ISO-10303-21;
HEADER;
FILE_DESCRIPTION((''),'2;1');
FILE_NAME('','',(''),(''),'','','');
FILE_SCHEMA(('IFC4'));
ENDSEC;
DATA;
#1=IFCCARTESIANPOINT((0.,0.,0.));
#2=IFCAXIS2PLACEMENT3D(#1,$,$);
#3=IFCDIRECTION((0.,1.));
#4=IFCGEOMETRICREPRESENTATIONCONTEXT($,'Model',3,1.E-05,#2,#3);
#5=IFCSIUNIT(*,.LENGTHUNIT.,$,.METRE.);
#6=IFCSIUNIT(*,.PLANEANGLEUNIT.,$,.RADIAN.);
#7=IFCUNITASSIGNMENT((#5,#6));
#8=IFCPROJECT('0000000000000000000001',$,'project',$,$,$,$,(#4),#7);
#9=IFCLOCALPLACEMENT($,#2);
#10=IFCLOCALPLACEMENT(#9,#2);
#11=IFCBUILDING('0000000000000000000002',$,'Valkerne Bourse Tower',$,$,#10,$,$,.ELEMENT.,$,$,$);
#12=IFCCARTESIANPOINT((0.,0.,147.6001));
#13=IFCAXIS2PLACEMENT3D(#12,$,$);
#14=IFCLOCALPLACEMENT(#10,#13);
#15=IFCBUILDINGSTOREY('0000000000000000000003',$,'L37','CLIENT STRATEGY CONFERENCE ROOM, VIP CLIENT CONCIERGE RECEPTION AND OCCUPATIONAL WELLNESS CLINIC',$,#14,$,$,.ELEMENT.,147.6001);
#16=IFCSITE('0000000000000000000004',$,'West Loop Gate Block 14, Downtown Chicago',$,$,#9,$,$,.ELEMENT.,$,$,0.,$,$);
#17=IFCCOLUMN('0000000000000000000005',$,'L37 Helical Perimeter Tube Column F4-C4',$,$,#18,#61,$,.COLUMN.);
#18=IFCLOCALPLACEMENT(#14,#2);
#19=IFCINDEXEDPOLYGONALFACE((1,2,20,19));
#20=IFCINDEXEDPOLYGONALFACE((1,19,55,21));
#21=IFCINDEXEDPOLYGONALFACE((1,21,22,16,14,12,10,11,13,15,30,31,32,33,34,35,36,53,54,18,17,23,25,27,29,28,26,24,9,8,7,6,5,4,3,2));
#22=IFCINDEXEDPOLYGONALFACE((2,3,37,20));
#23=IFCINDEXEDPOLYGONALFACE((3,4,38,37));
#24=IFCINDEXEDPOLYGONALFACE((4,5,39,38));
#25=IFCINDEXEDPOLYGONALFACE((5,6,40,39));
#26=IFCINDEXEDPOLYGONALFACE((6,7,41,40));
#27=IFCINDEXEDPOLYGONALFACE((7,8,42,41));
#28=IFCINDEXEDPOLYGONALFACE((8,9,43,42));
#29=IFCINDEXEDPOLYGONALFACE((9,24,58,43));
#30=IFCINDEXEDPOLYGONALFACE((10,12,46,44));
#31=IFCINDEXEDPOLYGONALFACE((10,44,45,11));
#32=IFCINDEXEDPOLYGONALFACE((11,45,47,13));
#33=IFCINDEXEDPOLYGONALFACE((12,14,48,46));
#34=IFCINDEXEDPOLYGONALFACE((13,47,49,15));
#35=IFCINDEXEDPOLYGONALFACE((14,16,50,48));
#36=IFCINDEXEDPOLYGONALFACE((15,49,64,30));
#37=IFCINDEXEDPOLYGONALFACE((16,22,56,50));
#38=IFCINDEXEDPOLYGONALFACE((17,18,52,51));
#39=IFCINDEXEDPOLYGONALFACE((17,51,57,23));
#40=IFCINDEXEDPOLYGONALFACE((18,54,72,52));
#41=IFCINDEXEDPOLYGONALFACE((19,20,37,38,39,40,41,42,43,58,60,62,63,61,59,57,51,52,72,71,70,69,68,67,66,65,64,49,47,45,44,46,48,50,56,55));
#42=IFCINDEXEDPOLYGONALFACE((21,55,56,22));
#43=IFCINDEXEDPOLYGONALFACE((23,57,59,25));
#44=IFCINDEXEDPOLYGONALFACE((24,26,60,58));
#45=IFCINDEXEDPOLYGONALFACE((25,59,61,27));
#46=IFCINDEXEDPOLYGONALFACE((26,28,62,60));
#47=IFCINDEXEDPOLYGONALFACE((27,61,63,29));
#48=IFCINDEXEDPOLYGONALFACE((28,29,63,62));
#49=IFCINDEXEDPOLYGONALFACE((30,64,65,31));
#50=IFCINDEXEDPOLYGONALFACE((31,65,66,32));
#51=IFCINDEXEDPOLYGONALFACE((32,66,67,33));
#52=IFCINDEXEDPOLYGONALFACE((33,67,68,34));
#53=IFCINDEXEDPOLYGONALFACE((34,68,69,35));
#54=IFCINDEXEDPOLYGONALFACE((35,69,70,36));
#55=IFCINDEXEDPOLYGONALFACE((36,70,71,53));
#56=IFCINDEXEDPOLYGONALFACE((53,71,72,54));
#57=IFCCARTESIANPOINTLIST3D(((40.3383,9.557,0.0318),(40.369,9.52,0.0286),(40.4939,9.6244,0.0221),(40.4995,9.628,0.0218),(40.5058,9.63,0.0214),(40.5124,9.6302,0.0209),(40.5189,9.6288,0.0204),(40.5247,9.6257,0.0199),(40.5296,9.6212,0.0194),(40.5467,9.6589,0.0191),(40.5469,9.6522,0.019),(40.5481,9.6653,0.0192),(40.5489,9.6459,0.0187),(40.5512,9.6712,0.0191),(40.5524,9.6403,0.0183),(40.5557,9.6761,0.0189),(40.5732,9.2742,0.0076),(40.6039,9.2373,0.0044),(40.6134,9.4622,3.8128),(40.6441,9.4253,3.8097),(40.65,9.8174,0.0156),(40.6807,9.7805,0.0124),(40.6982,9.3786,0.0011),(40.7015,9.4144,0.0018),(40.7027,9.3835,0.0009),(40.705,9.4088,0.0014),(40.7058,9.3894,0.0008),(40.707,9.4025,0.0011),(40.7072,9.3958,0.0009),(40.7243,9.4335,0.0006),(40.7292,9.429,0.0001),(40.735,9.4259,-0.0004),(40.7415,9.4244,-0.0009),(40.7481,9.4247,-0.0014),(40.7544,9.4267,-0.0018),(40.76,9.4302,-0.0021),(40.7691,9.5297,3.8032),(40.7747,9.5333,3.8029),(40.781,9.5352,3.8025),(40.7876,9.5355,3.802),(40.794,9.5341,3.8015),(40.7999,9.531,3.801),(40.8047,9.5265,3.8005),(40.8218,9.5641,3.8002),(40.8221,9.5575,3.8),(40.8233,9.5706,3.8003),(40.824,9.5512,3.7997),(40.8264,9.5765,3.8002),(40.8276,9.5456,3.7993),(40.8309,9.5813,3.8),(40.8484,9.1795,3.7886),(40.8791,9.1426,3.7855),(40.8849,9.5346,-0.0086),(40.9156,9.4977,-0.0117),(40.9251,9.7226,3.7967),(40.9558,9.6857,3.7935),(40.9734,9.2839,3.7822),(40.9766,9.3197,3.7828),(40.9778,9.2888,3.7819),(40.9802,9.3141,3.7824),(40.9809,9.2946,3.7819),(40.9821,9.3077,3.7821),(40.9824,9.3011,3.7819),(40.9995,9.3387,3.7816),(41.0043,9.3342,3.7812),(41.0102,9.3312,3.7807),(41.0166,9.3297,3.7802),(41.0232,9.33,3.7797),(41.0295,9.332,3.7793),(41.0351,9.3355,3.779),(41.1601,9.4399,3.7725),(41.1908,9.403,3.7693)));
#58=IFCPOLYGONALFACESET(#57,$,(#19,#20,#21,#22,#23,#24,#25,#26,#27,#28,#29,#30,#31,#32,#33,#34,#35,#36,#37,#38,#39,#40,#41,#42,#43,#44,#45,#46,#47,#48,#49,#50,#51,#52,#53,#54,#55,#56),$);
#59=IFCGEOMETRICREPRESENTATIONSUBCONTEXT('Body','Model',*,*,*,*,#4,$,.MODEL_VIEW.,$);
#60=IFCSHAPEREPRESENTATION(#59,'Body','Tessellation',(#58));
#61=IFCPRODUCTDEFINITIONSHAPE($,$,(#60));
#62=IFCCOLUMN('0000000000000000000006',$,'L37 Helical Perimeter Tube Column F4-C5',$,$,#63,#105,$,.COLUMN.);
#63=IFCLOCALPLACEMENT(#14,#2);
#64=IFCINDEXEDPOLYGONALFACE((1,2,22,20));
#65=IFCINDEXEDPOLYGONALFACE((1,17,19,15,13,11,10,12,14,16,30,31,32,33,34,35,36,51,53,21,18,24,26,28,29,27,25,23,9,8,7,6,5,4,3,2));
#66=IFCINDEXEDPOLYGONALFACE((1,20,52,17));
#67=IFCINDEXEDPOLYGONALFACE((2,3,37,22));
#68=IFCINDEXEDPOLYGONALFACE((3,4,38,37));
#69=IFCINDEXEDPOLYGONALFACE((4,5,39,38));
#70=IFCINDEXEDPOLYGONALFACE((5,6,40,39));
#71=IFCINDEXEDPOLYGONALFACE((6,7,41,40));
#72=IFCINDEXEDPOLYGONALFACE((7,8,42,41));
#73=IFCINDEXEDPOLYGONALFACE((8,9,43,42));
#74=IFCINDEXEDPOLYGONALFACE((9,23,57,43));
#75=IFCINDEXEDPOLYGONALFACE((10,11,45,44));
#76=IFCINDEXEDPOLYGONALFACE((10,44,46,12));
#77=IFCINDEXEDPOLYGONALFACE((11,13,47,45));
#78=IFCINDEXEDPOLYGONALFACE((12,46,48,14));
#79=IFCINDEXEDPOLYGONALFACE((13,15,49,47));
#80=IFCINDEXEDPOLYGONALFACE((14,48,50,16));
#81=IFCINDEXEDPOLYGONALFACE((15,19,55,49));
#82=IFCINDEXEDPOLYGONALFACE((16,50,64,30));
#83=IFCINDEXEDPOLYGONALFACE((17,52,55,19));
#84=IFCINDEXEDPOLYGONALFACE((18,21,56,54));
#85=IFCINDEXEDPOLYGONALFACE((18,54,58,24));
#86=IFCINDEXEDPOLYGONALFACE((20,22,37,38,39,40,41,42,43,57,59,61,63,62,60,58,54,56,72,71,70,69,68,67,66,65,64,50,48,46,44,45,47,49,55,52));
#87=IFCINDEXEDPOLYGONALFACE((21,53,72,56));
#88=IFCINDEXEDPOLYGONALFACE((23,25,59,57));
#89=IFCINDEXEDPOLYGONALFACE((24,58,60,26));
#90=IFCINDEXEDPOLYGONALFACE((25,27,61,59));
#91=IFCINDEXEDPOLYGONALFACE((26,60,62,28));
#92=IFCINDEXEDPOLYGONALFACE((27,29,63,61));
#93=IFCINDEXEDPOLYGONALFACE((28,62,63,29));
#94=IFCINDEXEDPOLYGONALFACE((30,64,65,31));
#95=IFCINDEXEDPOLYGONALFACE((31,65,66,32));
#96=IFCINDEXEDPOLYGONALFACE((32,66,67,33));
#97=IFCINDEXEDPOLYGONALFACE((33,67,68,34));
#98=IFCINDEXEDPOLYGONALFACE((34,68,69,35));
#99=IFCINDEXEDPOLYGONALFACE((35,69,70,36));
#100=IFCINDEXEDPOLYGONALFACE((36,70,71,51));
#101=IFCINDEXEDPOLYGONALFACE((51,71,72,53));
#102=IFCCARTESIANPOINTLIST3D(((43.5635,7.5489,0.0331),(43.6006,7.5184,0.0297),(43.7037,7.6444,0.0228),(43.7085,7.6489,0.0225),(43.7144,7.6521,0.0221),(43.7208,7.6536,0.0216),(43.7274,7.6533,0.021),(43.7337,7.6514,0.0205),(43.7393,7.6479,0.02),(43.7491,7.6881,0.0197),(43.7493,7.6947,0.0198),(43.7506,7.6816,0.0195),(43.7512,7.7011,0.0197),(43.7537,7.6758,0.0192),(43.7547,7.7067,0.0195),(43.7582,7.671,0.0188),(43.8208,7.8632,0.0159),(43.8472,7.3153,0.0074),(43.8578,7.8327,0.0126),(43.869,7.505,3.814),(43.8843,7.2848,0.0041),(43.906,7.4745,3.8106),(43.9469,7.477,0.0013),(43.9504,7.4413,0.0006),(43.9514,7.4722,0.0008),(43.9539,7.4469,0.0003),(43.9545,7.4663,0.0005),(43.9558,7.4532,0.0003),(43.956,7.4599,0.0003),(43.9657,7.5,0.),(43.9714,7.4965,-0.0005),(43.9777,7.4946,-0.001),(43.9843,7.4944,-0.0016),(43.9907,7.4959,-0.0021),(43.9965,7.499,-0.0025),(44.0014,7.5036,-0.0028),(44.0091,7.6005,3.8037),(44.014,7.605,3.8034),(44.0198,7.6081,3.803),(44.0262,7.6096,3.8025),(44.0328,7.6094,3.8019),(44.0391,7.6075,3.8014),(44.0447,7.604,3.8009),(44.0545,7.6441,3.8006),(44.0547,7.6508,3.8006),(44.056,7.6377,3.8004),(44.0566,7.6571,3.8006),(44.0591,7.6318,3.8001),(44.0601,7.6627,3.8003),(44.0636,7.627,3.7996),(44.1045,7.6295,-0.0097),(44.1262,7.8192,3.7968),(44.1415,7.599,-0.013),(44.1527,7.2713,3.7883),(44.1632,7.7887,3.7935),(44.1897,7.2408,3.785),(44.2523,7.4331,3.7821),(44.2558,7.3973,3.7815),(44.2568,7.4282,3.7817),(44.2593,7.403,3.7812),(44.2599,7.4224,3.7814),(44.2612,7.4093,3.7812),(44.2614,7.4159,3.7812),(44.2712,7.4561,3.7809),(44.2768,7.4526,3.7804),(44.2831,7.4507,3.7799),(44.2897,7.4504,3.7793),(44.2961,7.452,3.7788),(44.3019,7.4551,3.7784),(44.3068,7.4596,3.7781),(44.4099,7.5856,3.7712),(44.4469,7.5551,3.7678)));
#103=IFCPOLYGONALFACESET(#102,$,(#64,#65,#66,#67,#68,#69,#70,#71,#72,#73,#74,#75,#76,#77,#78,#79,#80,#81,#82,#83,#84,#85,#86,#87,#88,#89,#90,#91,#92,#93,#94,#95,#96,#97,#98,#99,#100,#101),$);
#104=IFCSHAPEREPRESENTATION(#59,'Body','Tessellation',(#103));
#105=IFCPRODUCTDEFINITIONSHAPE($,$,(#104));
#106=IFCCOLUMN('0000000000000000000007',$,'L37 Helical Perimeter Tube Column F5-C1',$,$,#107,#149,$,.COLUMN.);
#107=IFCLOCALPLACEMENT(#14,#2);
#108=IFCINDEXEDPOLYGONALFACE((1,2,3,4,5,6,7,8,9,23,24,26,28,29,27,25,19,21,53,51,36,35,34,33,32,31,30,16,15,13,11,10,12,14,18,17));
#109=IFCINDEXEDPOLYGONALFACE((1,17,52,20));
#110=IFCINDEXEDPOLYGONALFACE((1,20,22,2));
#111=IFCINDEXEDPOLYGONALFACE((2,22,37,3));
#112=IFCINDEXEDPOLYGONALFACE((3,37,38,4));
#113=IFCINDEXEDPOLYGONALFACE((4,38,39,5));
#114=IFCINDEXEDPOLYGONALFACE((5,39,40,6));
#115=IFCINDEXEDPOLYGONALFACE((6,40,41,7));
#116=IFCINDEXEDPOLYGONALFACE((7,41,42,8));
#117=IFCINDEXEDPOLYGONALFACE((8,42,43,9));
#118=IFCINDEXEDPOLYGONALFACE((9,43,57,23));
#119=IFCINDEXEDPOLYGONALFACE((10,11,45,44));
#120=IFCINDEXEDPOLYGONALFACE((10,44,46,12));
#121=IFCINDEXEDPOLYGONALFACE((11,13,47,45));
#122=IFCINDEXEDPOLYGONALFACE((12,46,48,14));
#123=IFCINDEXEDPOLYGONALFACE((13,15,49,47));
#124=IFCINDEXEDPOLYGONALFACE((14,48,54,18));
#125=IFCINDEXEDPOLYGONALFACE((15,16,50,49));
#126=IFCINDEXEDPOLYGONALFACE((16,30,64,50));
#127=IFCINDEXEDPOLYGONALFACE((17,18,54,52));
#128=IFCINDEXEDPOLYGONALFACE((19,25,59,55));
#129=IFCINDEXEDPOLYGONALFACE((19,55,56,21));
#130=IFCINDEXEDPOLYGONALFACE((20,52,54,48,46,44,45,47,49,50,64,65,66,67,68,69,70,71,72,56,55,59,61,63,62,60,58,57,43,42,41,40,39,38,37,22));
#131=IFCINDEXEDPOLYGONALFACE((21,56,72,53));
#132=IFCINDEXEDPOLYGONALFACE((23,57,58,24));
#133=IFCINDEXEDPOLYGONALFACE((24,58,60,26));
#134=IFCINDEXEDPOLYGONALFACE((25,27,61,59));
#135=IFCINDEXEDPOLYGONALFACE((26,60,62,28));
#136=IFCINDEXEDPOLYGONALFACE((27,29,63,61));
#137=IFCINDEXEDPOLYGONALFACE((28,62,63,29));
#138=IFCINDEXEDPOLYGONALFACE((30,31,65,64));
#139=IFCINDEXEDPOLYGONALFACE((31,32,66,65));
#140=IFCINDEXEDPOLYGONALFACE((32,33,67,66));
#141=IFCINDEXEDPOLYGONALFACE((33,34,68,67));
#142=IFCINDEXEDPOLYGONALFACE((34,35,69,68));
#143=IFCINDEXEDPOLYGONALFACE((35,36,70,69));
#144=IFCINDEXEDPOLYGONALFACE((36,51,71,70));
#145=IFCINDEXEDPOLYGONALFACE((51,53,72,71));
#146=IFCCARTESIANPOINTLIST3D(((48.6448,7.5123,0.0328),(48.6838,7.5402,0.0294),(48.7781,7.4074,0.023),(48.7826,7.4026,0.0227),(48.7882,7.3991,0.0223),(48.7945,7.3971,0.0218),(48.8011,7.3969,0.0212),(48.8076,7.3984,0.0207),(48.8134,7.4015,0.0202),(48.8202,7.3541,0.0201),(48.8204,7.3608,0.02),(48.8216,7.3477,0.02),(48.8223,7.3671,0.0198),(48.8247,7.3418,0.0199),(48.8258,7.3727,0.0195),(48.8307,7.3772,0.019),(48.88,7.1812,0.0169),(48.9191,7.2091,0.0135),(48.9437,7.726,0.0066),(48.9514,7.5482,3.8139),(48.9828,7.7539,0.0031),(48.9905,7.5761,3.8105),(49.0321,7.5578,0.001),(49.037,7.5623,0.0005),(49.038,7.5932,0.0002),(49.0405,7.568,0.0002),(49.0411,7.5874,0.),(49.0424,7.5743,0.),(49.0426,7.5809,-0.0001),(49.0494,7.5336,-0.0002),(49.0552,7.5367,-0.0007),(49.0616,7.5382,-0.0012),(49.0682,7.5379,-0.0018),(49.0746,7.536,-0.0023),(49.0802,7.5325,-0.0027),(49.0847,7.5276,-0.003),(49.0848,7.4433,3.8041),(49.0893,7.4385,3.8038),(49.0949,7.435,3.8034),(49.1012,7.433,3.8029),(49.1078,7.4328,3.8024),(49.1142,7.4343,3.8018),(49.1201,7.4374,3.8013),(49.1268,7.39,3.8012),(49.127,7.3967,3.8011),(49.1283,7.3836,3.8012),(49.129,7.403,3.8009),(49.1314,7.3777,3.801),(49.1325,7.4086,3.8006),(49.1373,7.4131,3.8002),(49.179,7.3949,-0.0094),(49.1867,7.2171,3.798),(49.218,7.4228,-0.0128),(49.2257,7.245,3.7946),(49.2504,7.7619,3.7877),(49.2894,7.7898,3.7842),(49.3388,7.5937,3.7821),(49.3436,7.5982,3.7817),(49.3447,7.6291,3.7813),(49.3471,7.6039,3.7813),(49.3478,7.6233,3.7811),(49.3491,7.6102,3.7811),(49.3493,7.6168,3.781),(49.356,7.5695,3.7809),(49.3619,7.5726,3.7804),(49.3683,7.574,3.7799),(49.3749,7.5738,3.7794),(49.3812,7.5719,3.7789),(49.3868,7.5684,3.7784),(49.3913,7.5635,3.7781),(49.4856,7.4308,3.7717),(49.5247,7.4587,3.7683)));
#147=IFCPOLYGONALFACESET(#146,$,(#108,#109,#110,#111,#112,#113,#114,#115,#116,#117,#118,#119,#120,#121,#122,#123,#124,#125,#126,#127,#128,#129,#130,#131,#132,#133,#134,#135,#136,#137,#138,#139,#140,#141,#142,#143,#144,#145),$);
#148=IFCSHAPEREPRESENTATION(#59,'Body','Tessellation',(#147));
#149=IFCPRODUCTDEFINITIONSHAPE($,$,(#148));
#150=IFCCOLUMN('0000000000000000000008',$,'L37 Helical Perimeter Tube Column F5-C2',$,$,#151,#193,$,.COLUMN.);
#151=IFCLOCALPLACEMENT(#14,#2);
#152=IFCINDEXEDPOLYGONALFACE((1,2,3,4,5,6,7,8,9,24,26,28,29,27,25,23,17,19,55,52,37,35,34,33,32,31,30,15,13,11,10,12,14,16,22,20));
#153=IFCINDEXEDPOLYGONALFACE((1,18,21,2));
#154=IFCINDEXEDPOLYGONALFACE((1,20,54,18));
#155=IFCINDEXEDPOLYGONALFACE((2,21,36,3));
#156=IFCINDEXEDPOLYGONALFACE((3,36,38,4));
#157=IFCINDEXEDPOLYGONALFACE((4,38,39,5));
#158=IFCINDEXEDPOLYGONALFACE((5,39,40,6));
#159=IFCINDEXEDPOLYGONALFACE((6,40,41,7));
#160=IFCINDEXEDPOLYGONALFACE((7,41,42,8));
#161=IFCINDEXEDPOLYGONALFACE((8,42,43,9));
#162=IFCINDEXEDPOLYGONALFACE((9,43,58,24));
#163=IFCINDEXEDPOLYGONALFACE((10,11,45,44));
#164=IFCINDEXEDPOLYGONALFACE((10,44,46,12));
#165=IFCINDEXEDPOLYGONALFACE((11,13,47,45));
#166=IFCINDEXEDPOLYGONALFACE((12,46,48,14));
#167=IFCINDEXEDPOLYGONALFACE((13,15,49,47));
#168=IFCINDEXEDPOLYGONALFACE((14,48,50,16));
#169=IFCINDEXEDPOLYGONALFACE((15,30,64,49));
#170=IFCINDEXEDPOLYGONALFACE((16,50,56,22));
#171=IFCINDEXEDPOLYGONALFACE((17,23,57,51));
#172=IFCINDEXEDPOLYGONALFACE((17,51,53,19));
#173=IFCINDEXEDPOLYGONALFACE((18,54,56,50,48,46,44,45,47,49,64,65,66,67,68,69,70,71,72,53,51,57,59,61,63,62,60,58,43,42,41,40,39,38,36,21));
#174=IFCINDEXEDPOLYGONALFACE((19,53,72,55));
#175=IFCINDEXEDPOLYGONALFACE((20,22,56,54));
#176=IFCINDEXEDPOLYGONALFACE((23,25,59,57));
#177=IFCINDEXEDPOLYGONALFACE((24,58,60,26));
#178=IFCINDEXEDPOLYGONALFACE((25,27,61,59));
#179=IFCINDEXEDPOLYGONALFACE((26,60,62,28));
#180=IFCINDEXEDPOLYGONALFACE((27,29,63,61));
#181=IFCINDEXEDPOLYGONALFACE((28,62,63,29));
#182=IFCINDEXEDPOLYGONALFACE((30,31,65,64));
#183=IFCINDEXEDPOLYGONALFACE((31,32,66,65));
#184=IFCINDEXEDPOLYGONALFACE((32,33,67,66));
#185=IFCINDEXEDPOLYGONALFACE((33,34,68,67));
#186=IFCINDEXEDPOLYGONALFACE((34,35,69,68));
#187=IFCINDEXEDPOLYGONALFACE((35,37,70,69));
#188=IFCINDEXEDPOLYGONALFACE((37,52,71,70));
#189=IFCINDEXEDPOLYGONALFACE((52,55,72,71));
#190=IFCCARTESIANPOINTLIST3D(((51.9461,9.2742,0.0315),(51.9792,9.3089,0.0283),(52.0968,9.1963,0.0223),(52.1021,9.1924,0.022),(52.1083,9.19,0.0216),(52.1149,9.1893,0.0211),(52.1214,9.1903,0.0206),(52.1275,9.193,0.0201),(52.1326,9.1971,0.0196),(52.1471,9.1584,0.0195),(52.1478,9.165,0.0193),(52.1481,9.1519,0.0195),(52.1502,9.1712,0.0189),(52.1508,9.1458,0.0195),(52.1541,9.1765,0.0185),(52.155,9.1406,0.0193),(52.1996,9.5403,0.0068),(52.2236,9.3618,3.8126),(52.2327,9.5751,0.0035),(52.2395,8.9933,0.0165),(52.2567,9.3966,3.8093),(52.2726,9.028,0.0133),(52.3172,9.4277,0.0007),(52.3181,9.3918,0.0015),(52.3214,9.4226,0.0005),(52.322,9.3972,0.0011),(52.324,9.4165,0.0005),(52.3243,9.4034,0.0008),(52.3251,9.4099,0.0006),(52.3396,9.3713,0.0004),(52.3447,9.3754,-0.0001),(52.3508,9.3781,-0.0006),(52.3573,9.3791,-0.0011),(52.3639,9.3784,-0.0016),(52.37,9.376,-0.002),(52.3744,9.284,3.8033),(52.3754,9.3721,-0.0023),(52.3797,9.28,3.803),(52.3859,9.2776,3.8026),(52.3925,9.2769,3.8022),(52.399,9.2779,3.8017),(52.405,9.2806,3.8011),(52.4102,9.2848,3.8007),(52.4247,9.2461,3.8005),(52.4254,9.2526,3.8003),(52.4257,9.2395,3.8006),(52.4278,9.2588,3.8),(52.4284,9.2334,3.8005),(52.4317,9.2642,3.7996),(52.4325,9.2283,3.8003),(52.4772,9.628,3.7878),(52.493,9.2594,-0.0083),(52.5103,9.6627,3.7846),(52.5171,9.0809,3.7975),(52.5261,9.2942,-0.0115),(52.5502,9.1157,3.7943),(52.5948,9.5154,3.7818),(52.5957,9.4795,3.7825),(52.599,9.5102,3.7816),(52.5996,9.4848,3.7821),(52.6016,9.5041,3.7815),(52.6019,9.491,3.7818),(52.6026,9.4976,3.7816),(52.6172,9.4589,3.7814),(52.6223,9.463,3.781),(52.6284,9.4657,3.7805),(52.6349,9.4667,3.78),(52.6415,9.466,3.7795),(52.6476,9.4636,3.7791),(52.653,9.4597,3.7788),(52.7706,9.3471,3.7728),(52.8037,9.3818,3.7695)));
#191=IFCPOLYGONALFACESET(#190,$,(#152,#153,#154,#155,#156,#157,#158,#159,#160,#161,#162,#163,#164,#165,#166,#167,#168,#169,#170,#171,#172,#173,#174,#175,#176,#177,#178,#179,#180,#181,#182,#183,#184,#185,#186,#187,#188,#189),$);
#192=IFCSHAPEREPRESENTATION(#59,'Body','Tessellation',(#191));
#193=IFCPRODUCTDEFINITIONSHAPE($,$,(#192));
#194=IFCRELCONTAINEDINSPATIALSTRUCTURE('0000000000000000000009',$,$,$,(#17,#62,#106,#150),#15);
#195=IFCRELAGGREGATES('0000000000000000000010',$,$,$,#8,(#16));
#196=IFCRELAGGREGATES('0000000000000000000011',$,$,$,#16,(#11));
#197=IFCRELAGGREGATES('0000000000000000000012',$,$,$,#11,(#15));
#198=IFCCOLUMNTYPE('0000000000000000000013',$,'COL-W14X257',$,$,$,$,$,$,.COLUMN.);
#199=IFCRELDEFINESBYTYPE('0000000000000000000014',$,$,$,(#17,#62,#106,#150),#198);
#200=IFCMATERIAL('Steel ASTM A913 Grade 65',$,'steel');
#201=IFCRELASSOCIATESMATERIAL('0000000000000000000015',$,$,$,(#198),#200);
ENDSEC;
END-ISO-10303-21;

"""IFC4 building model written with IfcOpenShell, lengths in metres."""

from ifc_helpers import new_model, si_unit, direction, frame, origin, origin_2d, place, context, subcontext, project, spatial, i_section, extrude, material, material_profile, profile_set, type_object, element, save


model = new_model("IFC4")

# Units and contexts
model_context = context("Model", 3, precision=1e-05, world=origin(), true_north=direction((0.0, 1.0)))
body_context = subcontext(model_context, "Body", "Model", "MODEL_VIEW")
ifc_project = project(units=[si_unit("LENGTHUNIT", "METRE"), si_unit("PLANEANGLEUNIT", "RADIAN")], contexts=[model_context])

# Site, building, storey
site_placement = place(None, origin())
site = spatial("IfcSite", under=ifc_project, at=site_placement, Name="West Loop Gate Block 14, Downtown Chicago", CompositionType="ELEMENT", RefElevation=0.0)
building_placement = place(site_placement, origin())
building = spatial("IfcBuilding", under=site, at=building_placement, Name="Valkerne Bourse Tower", CompositionType="ELEMENT")
storey_placement = place(building_placement, frame((0.0, 0.0, 147.6001)))
storey = spatial("IfcBuildingStorey", under=building, at=storey_placement, Name="L37", Description="CLIENT STRATEGY CONFERENCE ROOM, VIP CLIENT CONCIERGE RECEPTION AND OCCUPATIONAL WELLNESS CLINIC", CompositionType="ELEMENT", Elevation=147.6001)

# Columns
ifc_material_1 = material(Name="Steel ASTM A913 Grade 65", Category="steel")
ifc_material_profile_1 = material_profile(ifc_material_1, i_section(OverallWidth=0.4065, OverallDepth=0.4165, WebThickness=0.0298, FlangeThickness=0.0481, FilletRadius=0.0254, at=origin_2d()), Name="W14X257")
ifc_profile_set_1 = profile_set([ifc_material_profile_1], Name="Steel ASTM A913 Grade 65")
column_type = type_object("IfcColumnType", Name="COL-W14X257", PredefinedType="COLUMN", material=ifc_profile_set_1)
column_1_placement = place(storey_placement, frame((40.627, 9.5273, 0.01), z_axis=(0.072556, -0.024979, 0.997051), x_axis=(0.76681, 0.640642, -0.039751)))
element("IfcColumn", 1, at=column_1_placement, inside=storey, type_object=column_type, Name="L37 Helical Perimeter Tube Column F4-C4", PredefinedType="COLUMN", context=body_context, shape_type="SweptSolid", body=[
    extrude(i_section(OverallWidth=0.4065, OverallDepth=0.4165, WebThickness=0.0298, FlangeThickness=0.0481, FilletRadius=0.0254, at=origin_2d()), origin(), (0.0, 0.0, 1.0), 3.7922),
])
column_2_placement = place(storey_placement, frame((43.8525, 7.574, 0.01), z_axis=(0.08051, -0.011584, 0.996687), x_axis=(0.632867, 0.773113, -0.042136)))
element("IfcColumn", 2, at=column_2_placement, inside=storey, type_object=column_type, Name="L37 Helical Perimeter Tube Column F4-C5", PredefinedType="COLUMN", context=body_context, shape_type="SweptSolid", body=[
    extrude(i_section(OverallWidth=0.4065, OverallDepth=0.4165, WebThickness=0.0298, FlangeThickness=0.0481, FilletRadius=0.0254, at=origin_2d()), origin(), (0.0, 0.0, 1.0), 3.7935),
])
column_3_placement = place(storey_placement, frame((48.9314, 7.4675, 0.01), z_axis=(0.080831, 0.00946, 0.996683), x_axis=(-0.578767, 0.81455, 0.039207)))
element("IfcColumn", 3, at=column_3_placement, inside=storey, type_object=column_type, Name="L37 Helical Perimeter Tube Column F5-C1", PredefinedType="COLUMN", context=body_context, shape_type="SweptSolid", body=[
    extrude(i_section(OverallWidth=0.4065, OverallDepth=0.4165, WebThickness=0.0298, FlangeThickness=0.0481, FilletRadius=0.0254, at=origin_2d()), origin(), (0.0, 0.0, 1.0), 3.7937),
])
column_4_placement = place(storey_placement, frame((52.2361, 9.2842, 0.01), z_axis=(0.0732, 0.023112, 0.997049), x_axis=(-0.721891, 0.691018, 0.03698)))
element("IfcColumn", 4, at=column_4_placement, inside=storey, type_object=column_type, Name="L37 Helical Perimeter Tube Column F5-C2", PredefinedType="COLUMN", context=body_context, shape_type="SweptSolid", body=[
    extrude(i_section(OverallWidth=0.4065, OverallDepth=0.4165, WebThickness=0.0298, FlangeThickness=0.0481, FilletRadius=0.0254, at=origin_2d()), origin(), (0.0, 0.0, 1.0), 3.7922),
])

save(model, "model.ifc")
